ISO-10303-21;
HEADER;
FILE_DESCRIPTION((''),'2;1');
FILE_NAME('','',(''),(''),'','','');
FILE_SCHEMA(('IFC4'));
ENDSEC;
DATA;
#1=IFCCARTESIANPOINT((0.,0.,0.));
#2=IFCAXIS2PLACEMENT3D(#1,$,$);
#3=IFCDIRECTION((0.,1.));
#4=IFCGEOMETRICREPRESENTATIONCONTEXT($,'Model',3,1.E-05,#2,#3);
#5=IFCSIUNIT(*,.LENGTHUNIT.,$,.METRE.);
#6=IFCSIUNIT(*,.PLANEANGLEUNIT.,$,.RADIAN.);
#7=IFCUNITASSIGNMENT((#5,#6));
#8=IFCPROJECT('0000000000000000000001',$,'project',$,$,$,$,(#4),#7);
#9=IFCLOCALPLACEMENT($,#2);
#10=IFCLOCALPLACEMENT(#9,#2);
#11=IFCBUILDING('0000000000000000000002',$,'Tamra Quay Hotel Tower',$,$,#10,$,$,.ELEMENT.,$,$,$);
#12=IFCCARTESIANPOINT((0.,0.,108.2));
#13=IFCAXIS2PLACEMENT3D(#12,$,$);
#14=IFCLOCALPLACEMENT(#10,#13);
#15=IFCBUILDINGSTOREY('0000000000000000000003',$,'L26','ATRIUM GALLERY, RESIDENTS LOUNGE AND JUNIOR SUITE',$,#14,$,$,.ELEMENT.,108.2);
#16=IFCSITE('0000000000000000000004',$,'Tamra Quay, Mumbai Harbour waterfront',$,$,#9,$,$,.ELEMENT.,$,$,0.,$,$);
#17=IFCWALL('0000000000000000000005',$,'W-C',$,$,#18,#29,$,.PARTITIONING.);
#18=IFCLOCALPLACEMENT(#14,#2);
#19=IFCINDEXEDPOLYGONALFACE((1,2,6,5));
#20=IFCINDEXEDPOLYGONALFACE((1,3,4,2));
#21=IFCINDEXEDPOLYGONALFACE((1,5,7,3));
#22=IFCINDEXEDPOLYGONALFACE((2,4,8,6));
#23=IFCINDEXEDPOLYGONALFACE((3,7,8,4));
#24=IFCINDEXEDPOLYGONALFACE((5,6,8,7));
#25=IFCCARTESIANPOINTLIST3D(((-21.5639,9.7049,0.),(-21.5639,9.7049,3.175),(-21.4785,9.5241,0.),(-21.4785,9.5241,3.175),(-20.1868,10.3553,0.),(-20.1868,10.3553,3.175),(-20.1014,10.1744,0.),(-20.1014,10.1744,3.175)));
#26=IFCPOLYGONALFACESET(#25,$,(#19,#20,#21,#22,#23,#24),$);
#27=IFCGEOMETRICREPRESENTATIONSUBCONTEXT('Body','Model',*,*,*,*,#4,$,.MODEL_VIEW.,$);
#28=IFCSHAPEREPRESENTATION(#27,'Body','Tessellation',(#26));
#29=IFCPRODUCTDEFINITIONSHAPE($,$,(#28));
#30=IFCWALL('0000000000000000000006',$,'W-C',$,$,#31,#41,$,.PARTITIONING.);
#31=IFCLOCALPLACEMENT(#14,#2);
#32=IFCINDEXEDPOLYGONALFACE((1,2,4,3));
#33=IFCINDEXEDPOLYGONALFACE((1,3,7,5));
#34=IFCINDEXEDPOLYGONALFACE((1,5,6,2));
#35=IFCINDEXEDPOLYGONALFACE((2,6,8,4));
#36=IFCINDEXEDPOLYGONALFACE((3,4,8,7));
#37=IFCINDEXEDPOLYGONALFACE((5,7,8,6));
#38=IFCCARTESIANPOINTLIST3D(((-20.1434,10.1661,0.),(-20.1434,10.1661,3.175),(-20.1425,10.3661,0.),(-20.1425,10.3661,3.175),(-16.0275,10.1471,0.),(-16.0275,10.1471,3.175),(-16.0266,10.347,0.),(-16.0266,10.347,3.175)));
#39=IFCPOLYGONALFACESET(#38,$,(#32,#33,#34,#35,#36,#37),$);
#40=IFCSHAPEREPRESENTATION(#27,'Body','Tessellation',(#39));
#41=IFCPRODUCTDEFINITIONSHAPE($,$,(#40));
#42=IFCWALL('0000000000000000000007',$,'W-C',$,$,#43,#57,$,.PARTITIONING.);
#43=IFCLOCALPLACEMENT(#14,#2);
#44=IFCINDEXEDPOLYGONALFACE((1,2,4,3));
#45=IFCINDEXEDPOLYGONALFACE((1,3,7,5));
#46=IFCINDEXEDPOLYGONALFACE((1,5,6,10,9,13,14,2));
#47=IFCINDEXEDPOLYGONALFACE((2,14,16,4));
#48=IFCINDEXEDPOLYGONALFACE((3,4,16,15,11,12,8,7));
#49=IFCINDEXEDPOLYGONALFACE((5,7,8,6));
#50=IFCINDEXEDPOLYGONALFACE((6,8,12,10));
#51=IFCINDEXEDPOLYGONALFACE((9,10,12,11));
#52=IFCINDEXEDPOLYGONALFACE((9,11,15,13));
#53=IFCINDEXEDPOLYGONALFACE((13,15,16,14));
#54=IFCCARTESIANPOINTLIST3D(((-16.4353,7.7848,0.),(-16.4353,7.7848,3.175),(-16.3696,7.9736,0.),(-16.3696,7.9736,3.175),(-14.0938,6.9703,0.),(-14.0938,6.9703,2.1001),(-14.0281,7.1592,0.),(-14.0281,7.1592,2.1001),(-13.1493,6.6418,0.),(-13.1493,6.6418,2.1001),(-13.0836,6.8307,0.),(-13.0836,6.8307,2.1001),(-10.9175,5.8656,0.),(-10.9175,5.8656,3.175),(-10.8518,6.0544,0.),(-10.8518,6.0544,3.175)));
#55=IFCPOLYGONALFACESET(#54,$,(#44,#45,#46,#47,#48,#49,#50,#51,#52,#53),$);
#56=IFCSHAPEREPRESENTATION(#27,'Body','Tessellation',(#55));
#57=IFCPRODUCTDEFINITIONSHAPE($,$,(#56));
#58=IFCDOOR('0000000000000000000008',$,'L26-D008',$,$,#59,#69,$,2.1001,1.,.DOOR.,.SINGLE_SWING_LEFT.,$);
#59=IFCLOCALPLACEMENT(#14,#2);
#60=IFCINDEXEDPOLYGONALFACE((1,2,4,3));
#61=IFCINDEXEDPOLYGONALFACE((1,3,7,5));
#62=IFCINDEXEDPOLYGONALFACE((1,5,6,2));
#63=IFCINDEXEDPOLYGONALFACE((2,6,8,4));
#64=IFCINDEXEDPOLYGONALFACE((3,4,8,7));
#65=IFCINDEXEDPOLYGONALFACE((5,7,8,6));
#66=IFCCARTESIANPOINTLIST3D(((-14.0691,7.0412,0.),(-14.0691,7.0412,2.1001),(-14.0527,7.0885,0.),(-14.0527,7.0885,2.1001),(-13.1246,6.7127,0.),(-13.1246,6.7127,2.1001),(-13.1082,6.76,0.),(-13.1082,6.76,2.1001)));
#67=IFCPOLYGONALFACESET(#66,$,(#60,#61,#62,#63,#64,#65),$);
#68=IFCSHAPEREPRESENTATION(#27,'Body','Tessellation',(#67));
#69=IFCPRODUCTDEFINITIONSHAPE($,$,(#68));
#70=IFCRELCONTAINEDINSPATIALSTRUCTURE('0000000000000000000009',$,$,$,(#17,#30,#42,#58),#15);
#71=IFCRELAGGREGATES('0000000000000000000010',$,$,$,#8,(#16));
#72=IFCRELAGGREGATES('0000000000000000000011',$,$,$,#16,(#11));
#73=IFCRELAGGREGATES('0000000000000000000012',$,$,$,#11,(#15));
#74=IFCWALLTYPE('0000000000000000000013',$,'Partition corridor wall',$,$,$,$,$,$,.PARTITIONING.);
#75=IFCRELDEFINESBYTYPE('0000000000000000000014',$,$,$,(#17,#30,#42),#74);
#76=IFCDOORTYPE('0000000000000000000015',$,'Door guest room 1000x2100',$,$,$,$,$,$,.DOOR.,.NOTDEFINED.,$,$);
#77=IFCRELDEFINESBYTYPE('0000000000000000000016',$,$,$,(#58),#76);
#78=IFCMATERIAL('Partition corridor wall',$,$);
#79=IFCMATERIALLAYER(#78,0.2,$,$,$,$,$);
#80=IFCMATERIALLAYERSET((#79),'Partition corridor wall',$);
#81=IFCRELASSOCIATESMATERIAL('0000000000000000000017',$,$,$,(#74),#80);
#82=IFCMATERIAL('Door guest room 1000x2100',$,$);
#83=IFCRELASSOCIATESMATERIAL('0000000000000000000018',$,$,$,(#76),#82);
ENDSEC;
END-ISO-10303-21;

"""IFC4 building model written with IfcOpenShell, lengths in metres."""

from ifc_helpers import new_model, si_unit, direction, frame, frame_2d, origin, place, context, subcontext, project, spatial, rectangle, extrude, material, layer, layer_set, type_object, element, fill, save


model = new_model("IFC4")

# Units and contexts
model_context = context("Model", 3, precision=1e-05, world=origin(), true_north=direction((0.0, 1.0)))
body_context = subcontext(model_context, "Body", "Model", "MODEL_VIEW")
ifc_project = project(units=[si_unit("LENGTHUNIT", "METRE"), si_unit("PLANEANGLEUNIT", "RADIAN")], contexts=[model_context])

# Site, building, storey
site_placement = place(None, origin())
site = spatial("IfcSite", under=ifc_project, at=site_placement, Name="Tamra Quay, Mumbai Harbour waterfront", CompositionType="ELEMENT", RefElevation=0.0)
building_placement = place(site_placement, origin())
building = spatial("IfcBuilding", under=site, at=building_placement, Name="Tamra Quay Hotel Tower", CompositionType="ELEMENT")
storey_placement = place(building_placement, frame((0.0, 0.0, 108.2)))
storey = spatial("IfcBuildingStorey", under=building, at=storey_placement, Name="L26", Description="ATRIUM GALLERY, RESIDENTS LOUNGE AND JUNIOR SUITE", CompositionType="ELEMENT", Elevation=108.2)

# Shared definitions
ifc_material_1 = material(Name="Partition corridor wall")
ifc_layer_1 = layer(ifc_material_1, 0.2)
ifc_layer_set_1 = layer_set([ifc_layer_1], Name="Partition corridor wall")
wall_type_1 = type_object("IfcWallType", Name="Partition corridor wall", PredefinedType="PARTITIONING", material=ifc_layer_set_1)
ifc_material_2 = material(Name="Door guest room 1000x2100")
door_type_1 = type_object("IfcDoorType", Name="Door guest room 1000x2100", OperationType="NOTDEFINED", PredefinedType="DOOR", material=ifc_material_2)

# Walls
wall_1_placement = place(storey_placement, frame((-21.5212, 9.6145, 0.0), z_axis=(0.0, 0.0, 1.0), x_axis=(0.904237, 0.427032, 0.0)))
element("IfcWall", 1, at=wall_1_placement, inside=storey, type_object=wall_type_1, Name="W-C", PredefinedType="PARTITIONING", context=body_context, shape_type="SweptSolid", body=[
    extrude(rectangle(XDim=1.5229, YDim=0.2, at=frame_2d((0.7615, 0.0))), origin(), (0.0, 0.0, 1.0), 3.175),
])
wall_2_placement = place(storey_placement, frame((-20.1431, 10.2661, 0.0), z_axis=(0.0, 0.0, 1.0), x_axis=(0.999989, -0.004627, 0.0)))
element("IfcWall", 2, at=wall_2_placement, inside=storey, type_object=wall_type_1, Name="W-C", PredefinedType="PARTITIONING", context=body_context, shape_type="SweptSolid", body=[
    extrude(rectangle(XDim=4.116, YDim=0.2, at=frame_2d((2.0581, 0.0))), origin(), (0.0, 0.0, 1.0), 3.175),
])

# Wall, opening, door
wall_3_placement = place(storey_placement, frame((-16.4023, 7.8792, 0.0), z_axis=(0.0, 0.0, 1.0), x_axis=(0.9445, -0.328513, 0.0)))
wall_3 = element("IfcWall", 3, at=wall_3_placement, inside=storey, type_object=wall_type_1, Name="W-C", PredefinedType="PARTITIONING", context=body_context, shape_type="SweptSolid", body=[
    extrude(rectangle(XDim=5.842, YDim=0.2, at=frame_2d((2.9209, 0.0))), origin(), (0.0, 0.0, 1.0), 3.175),
])
opening_1_placement = place(wall_3_placement, frame((2.479, 0.0, 0.0)))
opening_1 = element("IfcOpeningElement", 4, at=opening_1_placement, cuts=wall_3, PredefinedType="OPENING", context=body_context, shape_type="SweptSolid", body=[
    extrude(rectangle(XDim=1.0, YDim=2.1001, at=frame_2d((0.5, 1.05))), frame((0.0, 0.1099, 0.0), z_axis=(0.0, -1.0, 0.0), x_axis=(1.0, 0.0, 0.0)), (0.0, 0.0, 1.0), 0.22),
])
door_1_placement = place(opening_1_placement, frame((1.0, 0.0, 0.0), z_axis=(0.0, 0.0, 1.0), x_axis=(-1.0, 0.0, 0.0)))
door_1 = element("IfcDoor", 5, at=door_1_placement, inside=storey, type_object=door_type_1, Name="L26-D008", OperationType="SINGLE_SWING_LEFT", OverallHeight=2.1001, OverallWidth=1.0, PredefinedType="DOOR", context=body_context, shape_type="SweptSolid", body=[
    extrude(rectangle(XDim=1.0, YDim=2.1001, at=frame_2d((0.5, 1.05))), frame((0.0, 0.0249, 0.0), z_axis=(0.0, -1.0, 0.0), x_axis=(1.0, 0.0, 0.0)), (0.0, 0.0, 1.0), 0.05),
])
fill(opening_1, door_1)

save(model, "model.ifc")
